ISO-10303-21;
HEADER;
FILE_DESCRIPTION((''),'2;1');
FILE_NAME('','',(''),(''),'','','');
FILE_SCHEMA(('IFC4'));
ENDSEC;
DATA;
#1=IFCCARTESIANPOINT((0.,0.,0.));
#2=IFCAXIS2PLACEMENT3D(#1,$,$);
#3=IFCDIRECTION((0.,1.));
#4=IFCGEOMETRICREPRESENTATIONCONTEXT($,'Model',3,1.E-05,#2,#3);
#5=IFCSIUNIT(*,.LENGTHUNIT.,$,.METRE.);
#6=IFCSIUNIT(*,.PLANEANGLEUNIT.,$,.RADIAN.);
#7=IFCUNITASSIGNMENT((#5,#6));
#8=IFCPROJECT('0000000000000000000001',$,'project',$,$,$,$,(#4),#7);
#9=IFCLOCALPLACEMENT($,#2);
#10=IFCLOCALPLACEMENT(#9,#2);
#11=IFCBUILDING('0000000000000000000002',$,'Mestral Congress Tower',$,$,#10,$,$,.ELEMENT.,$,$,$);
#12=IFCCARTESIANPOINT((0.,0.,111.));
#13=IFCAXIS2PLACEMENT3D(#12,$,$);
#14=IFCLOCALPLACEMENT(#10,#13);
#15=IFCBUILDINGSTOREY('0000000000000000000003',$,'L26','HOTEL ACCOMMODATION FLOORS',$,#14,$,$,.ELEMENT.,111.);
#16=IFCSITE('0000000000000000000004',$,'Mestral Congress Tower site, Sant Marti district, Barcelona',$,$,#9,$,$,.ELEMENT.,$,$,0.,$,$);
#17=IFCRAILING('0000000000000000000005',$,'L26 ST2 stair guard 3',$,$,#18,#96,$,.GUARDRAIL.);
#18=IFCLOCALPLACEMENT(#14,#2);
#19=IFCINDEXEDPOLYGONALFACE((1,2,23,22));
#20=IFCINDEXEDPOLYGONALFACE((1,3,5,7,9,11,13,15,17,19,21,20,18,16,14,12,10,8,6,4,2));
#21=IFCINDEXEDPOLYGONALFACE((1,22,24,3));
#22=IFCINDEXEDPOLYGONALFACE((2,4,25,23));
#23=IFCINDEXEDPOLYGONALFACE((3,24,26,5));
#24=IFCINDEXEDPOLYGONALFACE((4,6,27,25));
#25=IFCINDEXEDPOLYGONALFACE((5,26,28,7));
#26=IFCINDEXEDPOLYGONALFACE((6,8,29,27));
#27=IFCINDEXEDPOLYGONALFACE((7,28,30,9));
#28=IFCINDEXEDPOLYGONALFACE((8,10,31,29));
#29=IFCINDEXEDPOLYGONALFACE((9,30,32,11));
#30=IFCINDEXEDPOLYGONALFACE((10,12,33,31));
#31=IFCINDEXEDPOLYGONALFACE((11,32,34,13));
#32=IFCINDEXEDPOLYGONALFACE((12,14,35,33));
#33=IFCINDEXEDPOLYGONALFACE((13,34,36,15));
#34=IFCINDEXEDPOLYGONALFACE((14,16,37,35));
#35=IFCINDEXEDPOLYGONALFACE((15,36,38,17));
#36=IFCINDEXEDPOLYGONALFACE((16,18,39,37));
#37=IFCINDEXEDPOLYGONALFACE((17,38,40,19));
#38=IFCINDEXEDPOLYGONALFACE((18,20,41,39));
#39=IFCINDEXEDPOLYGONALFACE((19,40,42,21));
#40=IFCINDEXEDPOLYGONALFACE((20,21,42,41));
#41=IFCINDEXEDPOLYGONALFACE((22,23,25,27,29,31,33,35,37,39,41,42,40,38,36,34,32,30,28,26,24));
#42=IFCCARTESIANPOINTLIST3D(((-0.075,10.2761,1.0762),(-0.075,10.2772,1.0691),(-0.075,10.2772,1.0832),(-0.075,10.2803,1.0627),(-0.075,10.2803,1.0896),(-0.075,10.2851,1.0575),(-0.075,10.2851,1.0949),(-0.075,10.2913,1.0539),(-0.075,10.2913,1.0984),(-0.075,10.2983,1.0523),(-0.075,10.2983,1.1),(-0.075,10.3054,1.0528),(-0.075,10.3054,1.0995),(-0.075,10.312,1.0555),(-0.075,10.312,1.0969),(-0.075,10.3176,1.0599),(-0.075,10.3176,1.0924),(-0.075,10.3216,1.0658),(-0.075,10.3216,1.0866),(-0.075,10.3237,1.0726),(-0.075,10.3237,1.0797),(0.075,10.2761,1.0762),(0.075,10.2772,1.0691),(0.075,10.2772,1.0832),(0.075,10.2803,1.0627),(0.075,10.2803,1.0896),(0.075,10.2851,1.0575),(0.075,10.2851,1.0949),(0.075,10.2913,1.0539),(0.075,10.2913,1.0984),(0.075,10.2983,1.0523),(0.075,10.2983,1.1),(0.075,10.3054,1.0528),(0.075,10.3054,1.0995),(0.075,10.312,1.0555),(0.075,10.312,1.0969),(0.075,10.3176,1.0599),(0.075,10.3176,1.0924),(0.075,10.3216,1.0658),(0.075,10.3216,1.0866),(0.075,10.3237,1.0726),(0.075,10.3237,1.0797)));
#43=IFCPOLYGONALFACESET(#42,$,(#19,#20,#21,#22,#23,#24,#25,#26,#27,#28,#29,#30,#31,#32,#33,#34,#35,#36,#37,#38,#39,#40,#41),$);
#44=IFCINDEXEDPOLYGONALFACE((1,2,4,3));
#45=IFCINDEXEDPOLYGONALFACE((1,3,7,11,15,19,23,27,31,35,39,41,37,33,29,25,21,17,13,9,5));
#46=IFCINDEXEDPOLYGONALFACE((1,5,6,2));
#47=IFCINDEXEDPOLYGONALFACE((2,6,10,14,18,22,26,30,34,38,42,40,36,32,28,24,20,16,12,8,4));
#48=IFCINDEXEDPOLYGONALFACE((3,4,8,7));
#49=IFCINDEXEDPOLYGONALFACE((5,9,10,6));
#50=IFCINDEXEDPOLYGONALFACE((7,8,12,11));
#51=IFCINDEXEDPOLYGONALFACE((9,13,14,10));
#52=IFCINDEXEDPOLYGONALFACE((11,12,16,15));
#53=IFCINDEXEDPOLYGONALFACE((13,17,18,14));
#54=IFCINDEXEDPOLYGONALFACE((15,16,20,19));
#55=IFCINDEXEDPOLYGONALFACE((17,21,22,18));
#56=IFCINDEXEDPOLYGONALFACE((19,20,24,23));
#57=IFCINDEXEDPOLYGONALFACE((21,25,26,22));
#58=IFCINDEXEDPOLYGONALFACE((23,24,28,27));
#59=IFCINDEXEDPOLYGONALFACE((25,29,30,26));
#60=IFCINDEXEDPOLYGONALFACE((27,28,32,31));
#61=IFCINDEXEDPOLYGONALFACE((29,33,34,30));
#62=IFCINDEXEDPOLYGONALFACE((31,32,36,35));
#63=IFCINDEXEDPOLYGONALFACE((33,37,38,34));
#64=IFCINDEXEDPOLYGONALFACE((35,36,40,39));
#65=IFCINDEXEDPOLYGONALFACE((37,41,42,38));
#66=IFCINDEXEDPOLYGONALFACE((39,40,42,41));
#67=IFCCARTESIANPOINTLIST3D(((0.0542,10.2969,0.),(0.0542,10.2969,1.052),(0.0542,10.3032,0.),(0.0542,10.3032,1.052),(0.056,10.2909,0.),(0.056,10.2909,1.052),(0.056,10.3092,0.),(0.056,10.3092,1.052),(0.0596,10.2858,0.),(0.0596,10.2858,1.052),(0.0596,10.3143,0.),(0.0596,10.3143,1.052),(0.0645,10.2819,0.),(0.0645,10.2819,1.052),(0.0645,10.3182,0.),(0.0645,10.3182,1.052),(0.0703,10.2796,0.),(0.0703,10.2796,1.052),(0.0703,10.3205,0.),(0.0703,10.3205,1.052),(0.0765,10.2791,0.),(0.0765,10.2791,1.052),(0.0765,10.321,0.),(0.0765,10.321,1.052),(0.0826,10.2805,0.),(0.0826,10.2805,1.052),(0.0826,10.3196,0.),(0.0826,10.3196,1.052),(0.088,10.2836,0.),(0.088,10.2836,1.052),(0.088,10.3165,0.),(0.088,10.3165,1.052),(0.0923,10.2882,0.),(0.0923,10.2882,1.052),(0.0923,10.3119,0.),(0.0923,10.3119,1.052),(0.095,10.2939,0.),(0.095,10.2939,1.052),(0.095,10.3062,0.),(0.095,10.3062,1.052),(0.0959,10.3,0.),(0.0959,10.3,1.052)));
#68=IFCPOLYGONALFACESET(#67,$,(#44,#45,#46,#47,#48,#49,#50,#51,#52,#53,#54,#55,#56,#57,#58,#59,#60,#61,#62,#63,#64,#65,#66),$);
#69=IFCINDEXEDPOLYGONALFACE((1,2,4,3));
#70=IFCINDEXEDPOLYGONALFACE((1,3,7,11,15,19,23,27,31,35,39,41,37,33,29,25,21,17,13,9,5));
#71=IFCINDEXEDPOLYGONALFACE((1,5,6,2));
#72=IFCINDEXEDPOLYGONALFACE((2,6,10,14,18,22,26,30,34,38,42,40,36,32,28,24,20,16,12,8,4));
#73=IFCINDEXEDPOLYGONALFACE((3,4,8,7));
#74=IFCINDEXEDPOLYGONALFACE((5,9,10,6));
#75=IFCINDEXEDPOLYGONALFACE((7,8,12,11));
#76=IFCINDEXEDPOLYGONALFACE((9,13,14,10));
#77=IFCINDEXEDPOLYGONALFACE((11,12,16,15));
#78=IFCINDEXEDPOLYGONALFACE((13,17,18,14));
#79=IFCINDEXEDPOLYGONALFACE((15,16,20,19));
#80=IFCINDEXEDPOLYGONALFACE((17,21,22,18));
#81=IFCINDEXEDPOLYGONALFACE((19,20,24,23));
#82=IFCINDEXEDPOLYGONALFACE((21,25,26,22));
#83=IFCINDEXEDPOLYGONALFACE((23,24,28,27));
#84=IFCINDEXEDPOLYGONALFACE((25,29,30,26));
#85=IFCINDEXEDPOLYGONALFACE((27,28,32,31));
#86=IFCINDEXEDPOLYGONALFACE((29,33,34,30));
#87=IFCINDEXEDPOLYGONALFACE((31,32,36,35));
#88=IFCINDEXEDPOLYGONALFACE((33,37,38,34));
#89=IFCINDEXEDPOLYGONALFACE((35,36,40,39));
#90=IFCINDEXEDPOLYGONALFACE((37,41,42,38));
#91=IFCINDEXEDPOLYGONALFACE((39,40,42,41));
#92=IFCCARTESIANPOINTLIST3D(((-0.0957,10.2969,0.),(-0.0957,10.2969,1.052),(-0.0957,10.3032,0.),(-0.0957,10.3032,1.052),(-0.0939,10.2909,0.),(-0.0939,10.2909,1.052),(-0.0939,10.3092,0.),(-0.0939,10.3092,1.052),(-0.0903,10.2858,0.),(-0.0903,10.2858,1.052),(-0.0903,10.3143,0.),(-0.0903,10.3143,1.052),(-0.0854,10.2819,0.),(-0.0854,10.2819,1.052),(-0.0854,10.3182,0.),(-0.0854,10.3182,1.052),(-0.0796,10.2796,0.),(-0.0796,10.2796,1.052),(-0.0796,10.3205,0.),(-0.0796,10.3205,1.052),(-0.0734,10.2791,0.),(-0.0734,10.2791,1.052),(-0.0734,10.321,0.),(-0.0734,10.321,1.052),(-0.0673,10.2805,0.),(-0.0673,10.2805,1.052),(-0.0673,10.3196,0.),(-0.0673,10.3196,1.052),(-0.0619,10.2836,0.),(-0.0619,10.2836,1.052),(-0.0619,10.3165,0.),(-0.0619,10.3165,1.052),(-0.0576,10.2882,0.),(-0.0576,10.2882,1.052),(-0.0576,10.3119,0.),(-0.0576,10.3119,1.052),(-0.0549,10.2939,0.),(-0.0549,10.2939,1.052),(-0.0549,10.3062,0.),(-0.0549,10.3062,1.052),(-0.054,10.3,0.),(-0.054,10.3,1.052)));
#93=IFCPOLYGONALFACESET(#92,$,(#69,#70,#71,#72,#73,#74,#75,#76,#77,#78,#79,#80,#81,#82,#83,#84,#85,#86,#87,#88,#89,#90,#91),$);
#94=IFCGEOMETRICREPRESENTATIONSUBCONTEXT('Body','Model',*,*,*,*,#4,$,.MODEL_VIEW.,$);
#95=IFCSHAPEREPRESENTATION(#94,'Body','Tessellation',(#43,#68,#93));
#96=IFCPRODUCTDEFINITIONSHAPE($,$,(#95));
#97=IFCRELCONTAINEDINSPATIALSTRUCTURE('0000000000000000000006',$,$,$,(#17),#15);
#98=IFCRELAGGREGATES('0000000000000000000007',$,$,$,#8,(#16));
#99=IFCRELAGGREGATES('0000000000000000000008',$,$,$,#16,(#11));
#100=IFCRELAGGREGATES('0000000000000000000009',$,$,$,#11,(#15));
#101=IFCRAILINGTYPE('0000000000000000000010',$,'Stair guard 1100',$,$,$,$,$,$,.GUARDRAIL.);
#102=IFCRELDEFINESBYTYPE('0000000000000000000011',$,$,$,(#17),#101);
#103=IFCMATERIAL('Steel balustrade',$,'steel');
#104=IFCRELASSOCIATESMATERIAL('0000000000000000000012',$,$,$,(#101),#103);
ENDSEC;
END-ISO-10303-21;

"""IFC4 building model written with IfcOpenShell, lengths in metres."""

from ifc_helpers import new_model, si_unit, direction, frame, origin, origin_2d, place, context, subcontext, project, spatial, circle, extrude, material, type_object, element, save


model = new_model("IFC4")

# Units and contexts
model_context = context("Model", 3, precision=1e-05, world=origin(), true_north=direction((0.0, 1.0)))
body_context = subcontext(model_context, "Body", "Model", "MODEL_VIEW")
ifc_project = project(units=[si_unit("LENGTHUNIT", "METRE"), si_unit("PLANEANGLEUNIT", "RADIAN")], contexts=[model_context])

# Site, building, storey
site_placement = place(None, origin())
site = spatial("IfcSite", under=ifc_project, at=site_placement, Name="Mestral Congress Tower site, Sant Marti district, Barcelona", CompositionType="ELEMENT", RefElevation=0.0)
building_placement = place(site_placement, origin())
building = spatial("IfcBuilding", under=site, at=building_placement, Name="Mestral Congress Tower", CompositionType="ELEMENT")
storey_placement = place(building_placement, frame((0.0, 0.0, 111.0)))
storey = spatial("IfcBuildingStorey", under=building, at=storey_placement, Name="L26", Description="HOTEL ACCOMMODATION FLOORS", CompositionType="ELEMENT", Elevation=111.0)

# Railing
ifc_material_1 = material(Name="Steel balustrade", Category="steel")
railing_type = type_object("IfcRailingType", Name="Stair guard 1100", PredefinedType="GUARDRAIL", material=ifc_material_1)
railing_1_placement = place(storey_placement, frame((0.075, 10.3, 0.0)))
element("IfcRailing", 1, at=railing_1_placement, inside=storey, type_object=railing_type, Name="L26 ST2 stair guard 3", PredefinedType="GUARDRAIL", context=body_context, shape_type="SweptSolid", body=[
    extrude(circle(Radius=0.0239, at=origin_2d()), frame((0.0, 0.0, 1.0762), z_axis=(-1.0, 0.0, 0.0), x_axis=(0.0, -1.0, 0.0)), (0.0, 0.0, 1.0), 0.1499),
    extrude(circle(Radius=0.021, at=origin_2d()), origin(), (0.0, 0.0, 1.0), 1.052),
    extrude(circle(Radius=0.021, at=origin_2d()), frame((-0.1499, 0.0, 0.0)), (0.0, 0.0, 1.0), 1.052),
])

save(model, "model.ifc")
